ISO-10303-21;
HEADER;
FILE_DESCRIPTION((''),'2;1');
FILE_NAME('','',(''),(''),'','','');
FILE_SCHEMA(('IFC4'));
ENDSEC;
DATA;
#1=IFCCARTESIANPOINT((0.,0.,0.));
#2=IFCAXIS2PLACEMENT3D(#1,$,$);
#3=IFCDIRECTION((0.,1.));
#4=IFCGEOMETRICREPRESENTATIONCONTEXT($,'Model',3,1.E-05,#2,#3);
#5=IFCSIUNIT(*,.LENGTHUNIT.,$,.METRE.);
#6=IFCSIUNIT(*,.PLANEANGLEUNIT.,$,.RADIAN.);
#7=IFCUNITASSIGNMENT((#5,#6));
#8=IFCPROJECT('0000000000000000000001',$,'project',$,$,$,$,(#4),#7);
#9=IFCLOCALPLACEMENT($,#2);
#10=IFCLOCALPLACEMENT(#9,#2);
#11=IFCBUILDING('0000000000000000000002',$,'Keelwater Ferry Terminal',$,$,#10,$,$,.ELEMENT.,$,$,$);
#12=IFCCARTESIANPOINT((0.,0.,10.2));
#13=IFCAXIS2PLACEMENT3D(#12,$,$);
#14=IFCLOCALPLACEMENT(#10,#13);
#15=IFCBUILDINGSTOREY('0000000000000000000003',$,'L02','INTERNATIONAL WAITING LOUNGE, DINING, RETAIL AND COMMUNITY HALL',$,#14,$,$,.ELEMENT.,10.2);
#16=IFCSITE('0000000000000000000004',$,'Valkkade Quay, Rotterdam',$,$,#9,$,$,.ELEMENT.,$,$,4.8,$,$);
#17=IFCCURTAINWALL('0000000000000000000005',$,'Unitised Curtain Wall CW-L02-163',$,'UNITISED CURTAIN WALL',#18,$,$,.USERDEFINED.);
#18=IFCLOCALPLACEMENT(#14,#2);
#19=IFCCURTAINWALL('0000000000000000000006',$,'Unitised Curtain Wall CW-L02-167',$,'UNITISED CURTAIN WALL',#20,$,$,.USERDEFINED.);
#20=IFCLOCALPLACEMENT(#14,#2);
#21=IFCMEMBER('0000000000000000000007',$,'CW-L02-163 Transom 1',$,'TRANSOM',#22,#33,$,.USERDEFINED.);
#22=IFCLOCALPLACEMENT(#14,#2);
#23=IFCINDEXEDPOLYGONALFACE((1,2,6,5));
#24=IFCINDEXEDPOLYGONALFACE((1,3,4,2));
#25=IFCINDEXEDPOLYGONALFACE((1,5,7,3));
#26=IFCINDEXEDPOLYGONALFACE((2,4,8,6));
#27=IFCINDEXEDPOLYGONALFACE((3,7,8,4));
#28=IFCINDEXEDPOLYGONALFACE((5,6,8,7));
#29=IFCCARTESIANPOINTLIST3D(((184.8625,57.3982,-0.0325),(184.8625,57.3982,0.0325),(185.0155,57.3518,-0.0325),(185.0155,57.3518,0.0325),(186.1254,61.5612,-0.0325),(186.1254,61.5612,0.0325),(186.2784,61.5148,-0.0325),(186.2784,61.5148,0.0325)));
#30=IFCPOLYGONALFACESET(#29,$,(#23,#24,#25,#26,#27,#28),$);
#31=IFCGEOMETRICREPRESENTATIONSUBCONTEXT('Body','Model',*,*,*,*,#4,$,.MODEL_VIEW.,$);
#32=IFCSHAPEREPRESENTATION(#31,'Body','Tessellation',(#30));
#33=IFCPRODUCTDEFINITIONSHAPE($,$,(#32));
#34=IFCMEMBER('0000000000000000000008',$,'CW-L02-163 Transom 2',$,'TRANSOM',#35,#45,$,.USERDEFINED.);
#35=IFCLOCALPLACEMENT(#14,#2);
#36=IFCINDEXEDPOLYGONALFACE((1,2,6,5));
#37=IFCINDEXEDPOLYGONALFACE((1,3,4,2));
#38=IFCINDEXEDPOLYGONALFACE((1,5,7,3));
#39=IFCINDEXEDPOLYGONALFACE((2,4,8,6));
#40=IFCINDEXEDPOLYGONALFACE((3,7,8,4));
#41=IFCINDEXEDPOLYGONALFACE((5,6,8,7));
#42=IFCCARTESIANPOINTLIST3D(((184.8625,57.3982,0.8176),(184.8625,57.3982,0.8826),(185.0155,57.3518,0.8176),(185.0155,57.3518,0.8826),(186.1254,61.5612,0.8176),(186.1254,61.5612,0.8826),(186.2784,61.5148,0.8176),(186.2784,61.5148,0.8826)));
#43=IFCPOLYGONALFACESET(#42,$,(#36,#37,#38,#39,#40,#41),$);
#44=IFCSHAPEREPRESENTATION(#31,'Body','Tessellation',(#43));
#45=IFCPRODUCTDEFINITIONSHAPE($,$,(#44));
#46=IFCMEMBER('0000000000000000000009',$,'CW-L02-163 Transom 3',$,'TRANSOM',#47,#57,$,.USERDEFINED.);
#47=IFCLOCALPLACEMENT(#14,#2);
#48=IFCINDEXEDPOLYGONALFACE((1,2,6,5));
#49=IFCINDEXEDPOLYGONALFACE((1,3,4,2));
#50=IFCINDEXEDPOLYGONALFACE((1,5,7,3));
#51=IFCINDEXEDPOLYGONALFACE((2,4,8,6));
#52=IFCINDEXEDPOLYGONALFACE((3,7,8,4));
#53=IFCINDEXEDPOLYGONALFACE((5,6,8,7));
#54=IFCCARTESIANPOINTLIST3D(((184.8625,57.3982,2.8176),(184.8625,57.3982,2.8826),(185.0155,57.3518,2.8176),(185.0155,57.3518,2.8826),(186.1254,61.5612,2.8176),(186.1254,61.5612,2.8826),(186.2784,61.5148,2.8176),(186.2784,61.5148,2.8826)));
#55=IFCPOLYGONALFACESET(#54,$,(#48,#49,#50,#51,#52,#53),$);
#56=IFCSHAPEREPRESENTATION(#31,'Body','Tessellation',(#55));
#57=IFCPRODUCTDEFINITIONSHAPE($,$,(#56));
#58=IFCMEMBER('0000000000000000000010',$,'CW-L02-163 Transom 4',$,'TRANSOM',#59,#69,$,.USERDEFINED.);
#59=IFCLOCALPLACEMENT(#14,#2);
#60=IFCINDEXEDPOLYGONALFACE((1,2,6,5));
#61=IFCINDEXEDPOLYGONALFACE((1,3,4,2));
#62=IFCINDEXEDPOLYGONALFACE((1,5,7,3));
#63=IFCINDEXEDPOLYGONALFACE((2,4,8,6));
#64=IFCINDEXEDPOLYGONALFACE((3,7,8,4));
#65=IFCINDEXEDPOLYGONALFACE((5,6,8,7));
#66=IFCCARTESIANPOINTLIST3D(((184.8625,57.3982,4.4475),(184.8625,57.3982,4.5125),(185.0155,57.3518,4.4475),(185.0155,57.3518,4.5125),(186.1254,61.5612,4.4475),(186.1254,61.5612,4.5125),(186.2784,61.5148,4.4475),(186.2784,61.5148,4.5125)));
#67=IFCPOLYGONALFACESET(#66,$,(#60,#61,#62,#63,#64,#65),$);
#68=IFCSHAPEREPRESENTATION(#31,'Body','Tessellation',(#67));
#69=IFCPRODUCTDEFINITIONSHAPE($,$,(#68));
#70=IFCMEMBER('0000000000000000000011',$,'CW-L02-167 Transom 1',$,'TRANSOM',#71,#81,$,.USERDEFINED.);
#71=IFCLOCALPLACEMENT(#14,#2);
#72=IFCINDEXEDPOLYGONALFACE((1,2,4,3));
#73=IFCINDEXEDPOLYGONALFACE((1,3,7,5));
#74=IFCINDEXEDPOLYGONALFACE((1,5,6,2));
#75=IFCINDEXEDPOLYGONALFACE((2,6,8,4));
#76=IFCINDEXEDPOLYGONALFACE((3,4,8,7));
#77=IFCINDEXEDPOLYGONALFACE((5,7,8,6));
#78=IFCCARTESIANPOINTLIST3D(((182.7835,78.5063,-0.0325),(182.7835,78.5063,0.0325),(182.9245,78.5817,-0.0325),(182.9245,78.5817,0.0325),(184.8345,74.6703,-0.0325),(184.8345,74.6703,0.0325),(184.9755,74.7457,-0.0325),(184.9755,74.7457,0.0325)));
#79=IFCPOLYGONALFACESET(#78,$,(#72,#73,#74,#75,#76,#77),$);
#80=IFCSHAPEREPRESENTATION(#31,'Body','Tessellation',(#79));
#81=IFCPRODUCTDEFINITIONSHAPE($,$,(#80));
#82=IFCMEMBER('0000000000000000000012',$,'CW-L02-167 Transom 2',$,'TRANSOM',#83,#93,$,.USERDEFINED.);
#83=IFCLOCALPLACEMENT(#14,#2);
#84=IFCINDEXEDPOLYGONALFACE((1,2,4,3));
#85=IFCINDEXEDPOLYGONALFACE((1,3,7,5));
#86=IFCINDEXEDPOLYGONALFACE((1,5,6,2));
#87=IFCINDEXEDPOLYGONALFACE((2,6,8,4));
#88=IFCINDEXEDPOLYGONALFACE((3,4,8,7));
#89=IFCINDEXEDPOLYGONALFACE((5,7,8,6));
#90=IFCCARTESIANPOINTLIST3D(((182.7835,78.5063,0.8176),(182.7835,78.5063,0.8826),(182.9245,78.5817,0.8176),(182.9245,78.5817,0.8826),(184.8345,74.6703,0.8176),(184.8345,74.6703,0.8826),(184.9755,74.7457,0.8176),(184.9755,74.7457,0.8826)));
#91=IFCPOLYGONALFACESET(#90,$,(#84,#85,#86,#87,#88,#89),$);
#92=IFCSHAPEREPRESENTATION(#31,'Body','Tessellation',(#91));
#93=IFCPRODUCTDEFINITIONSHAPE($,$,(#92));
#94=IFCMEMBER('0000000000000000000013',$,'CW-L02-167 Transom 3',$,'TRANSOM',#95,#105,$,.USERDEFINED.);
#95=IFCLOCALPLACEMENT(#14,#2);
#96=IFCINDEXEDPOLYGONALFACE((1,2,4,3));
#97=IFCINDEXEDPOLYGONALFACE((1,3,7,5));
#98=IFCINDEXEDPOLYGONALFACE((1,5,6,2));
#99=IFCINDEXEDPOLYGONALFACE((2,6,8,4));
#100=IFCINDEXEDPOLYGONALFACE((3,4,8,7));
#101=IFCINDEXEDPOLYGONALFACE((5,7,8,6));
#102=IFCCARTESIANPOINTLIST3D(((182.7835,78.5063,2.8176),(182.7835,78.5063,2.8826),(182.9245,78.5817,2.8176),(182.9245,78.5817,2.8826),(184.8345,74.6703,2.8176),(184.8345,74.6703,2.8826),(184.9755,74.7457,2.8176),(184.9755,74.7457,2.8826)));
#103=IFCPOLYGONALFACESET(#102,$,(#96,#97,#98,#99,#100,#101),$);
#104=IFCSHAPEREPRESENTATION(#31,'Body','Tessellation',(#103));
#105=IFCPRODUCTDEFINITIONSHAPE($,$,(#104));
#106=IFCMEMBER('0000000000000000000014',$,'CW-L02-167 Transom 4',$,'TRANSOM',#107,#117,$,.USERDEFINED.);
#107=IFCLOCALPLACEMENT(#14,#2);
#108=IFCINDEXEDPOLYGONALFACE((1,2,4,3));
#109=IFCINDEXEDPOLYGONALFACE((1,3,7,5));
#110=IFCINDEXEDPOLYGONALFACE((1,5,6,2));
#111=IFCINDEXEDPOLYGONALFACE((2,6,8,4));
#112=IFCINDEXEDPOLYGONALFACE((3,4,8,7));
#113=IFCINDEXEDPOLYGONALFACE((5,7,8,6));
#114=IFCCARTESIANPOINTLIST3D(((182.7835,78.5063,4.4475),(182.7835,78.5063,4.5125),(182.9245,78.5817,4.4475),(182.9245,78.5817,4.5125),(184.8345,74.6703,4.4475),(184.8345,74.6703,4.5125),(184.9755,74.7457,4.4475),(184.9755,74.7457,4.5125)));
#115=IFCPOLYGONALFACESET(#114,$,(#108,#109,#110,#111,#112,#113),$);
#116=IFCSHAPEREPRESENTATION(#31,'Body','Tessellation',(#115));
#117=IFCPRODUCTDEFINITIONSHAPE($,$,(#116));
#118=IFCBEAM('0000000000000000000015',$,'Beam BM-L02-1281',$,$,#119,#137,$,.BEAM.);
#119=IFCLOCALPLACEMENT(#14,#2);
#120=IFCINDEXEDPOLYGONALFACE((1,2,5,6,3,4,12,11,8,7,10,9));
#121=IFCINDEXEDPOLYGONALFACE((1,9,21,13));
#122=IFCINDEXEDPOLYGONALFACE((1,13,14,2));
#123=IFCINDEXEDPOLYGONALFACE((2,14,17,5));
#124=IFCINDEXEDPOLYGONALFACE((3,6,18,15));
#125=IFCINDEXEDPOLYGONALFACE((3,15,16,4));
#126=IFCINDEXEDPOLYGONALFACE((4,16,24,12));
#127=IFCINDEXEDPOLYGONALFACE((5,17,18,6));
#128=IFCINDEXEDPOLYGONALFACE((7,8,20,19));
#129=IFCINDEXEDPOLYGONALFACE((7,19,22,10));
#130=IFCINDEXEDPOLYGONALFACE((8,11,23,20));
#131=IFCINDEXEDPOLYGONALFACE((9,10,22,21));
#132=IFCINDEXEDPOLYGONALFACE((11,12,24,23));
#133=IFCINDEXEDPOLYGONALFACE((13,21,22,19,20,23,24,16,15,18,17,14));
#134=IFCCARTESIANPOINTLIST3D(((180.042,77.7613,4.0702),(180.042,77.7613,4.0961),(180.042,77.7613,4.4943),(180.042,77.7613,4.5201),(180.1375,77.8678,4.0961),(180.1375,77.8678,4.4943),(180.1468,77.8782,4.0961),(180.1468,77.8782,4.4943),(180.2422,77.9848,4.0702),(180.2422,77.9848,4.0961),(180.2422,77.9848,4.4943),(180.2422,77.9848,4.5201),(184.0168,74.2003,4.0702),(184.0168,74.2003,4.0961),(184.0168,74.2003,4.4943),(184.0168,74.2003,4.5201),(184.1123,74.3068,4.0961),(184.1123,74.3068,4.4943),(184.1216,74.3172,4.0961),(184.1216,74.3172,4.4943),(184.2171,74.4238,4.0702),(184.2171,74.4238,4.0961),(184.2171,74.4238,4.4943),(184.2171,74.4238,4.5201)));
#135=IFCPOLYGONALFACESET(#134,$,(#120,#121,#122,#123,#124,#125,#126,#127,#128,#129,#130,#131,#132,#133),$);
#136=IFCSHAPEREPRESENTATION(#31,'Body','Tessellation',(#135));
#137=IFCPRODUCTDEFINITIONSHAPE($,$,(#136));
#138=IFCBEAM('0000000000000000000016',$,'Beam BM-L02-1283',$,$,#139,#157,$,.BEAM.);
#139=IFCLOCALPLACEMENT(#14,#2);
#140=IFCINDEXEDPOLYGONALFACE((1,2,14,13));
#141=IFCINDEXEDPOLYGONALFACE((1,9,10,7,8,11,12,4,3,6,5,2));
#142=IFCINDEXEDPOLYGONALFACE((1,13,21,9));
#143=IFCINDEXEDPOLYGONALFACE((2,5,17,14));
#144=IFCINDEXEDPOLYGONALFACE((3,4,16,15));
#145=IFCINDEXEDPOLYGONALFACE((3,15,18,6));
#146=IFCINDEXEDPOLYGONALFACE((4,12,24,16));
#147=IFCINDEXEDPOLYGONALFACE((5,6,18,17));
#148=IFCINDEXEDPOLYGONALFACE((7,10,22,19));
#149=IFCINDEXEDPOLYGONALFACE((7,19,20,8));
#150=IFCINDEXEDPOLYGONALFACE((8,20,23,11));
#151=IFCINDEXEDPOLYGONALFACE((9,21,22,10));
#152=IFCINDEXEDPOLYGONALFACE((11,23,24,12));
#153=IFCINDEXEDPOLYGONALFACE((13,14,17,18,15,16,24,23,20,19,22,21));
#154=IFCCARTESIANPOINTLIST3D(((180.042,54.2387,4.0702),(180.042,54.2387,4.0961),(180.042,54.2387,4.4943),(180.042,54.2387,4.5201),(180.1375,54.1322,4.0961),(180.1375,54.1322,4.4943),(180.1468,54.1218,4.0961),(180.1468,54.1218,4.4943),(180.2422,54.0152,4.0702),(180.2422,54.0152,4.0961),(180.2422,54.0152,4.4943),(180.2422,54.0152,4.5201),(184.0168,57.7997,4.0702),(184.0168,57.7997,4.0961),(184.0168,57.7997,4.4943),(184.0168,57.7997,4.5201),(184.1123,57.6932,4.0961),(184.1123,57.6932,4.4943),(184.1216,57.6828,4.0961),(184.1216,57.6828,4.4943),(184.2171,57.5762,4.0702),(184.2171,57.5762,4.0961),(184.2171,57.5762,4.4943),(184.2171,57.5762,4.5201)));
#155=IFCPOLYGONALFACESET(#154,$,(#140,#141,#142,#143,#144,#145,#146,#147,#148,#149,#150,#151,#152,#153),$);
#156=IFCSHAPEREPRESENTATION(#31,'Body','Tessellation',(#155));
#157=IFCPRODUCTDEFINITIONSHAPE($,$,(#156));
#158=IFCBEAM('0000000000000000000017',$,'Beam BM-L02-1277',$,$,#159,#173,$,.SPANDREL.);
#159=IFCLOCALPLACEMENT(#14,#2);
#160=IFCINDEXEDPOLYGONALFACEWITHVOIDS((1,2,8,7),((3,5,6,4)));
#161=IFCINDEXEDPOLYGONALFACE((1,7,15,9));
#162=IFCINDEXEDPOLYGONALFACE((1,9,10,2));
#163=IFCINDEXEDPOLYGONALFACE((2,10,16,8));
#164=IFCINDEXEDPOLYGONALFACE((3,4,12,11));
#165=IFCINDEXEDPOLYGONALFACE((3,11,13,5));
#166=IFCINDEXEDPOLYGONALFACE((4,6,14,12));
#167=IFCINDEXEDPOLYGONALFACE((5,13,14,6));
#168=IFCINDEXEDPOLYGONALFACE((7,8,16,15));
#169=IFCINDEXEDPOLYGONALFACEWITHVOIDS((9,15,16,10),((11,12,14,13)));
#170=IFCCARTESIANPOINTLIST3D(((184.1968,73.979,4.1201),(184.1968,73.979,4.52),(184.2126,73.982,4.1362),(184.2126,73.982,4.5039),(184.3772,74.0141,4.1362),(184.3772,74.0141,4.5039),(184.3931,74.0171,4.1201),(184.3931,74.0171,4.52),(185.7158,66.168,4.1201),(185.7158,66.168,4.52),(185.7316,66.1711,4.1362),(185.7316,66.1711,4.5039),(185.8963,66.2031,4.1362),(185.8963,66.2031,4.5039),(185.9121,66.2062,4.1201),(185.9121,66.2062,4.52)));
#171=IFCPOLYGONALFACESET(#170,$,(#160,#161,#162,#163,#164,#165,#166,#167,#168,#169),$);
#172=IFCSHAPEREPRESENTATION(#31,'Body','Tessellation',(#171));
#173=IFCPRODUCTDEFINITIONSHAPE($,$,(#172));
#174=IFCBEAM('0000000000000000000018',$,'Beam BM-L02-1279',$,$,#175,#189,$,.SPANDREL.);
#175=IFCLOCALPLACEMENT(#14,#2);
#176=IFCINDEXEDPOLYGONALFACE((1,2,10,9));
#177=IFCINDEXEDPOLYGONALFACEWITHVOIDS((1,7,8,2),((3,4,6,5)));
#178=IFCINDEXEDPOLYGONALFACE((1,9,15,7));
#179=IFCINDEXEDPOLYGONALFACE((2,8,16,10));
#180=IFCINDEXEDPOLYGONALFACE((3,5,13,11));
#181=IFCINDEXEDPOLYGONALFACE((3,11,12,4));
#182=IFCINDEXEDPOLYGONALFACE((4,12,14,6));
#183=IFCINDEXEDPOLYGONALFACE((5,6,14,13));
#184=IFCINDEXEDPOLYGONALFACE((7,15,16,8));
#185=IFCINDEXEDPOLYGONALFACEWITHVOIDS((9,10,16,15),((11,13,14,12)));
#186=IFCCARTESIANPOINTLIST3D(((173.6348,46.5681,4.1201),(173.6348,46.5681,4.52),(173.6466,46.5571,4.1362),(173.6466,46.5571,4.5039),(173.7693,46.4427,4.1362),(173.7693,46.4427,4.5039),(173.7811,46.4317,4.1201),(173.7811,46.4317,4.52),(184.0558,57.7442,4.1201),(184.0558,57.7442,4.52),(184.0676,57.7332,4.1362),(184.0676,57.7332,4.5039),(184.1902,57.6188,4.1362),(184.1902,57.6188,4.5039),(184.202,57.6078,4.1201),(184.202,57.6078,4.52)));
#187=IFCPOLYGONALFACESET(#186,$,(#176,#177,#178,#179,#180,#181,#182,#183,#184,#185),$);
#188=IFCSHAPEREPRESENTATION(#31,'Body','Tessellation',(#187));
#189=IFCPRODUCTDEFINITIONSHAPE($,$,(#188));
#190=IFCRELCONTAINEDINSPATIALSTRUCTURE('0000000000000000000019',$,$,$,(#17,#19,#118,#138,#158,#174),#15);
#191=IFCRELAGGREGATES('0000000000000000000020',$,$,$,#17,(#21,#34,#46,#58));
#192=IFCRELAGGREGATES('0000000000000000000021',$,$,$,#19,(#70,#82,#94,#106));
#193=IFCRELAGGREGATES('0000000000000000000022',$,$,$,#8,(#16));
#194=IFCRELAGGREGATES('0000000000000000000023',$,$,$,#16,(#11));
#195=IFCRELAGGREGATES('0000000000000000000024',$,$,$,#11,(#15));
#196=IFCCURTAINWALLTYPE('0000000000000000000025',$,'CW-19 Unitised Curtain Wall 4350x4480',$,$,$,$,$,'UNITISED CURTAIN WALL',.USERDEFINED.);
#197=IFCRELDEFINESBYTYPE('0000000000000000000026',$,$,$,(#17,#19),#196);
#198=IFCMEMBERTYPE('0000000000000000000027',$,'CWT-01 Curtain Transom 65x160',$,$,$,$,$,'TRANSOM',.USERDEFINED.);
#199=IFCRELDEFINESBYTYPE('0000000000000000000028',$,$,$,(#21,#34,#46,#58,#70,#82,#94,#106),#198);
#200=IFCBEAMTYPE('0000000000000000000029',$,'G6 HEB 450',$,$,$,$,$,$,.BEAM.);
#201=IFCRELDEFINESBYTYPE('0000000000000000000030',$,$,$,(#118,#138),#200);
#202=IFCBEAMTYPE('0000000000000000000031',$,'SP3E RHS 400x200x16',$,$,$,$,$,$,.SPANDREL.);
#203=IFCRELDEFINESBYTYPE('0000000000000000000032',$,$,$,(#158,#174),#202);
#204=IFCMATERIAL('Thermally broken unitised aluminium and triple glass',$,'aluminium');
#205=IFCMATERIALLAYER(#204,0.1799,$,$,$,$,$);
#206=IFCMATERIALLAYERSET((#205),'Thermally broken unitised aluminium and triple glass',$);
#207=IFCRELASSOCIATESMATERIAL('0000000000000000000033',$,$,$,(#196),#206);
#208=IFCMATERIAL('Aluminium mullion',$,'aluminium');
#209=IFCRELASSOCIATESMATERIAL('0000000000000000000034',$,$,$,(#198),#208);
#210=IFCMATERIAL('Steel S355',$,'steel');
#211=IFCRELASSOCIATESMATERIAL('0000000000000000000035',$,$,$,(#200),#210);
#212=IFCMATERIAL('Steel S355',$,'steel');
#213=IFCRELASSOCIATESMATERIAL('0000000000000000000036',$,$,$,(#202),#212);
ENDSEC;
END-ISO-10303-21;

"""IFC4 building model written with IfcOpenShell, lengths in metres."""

from ifc_helpers import new_model, si_unit, direction, frame, origin, origin_2d, place, context, subcontext, project, spatial, rectangle, hollow_rectangle, i_section, extrude, material, layer, layer_set, material_profile, profile_set, type_object, element, aggregate, save


model = new_model("IFC4")

# Units and contexts
model_context = context("Model", 3, precision=1e-05, world=origin(), true_north=direction((0.0, 1.0)))
body_context = subcontext(model_context, "Body", "Model", "MODEL_VIEW")
ifc_project = project(units=[si_unit("LENGTHUNIT", "METRE"), si_unit("PLANEANGLEUNIT", "RADIAN")], contexts=[model_context])

# Site, building, storey
site_placement = place(None, origin())
site = spatial("IfcSite", under=ifc_project, at=site_placement, Name="Valkkade Quay, Rotterdam", CompositionType="ELEMENT", RefElevation=4.8)
building_placement = place(site_placement, origin())
building = spatial("IfcBuilding", under=site, at=building_placement, Name="Keelwater Ferry Terminal", CompositionType="ELEMENT")
storey_placement = place(building_placement, frame((0.0, 0.0, 10.2)))
storey = spatial("IfcBuildingStorey", under=building, at=storey_placement, Name="L02", Description="INTERNATIONAL WAITING LOUNGE, DINING, RETAIL AND COMMUNITY HALL", CompositionType="ELEMENT", Elevation=10.2)

# Curtain wall
ifc_material_1 = material(Name="Thermally broken unitised aluminium and triple glass", Category="aluminium")
ifc_layer_1 = layer(ifc_material_1, 0.1799)
ifc_layer_set_1 = layer_set([ifc_layer_1], Name="Thermally broken unitised aluminium and triple glass")
curtain_wall_type = type_object("IfcCurtainWallType", Name="CW-19 Unitised Curtain Wall 4350x4480", ElementType="UNITISED CURTAIN WALL", PredefinedType="USERDEFINED", material=ifc_layer_set_1)
curtain_wall_1_placement = place(storey_placement, origin())
curtain_wall_1 = element("IfcCurtainWall", 1, at=curtain_wall_1_placement, inside=storey, type_object=curtain_wall_type, Name="Unitised Curtain Wall CW-L02-163", ObjectType="UNITISED CURTAIN WALL", PredefinedType="USERDEFINED")

# Curtain wall
curtain_wall_2_placement = place(storey_placement, origin())
curtain_wall_2 = element("IfcCurtainWall", 2, at=curtain_wall_2_placement, inside=storey, type_object=curtain_wall_type, Name="Unitised Curtain Wall CW-L02-167", ObjectType="UNITISED CURTAIN WALL", PredefinedType="USERDEFINED")

# Members
ifc_material_2 = material(Name="Aluminium mullion", Category="aluminium")
ifc_material_profile_1 = material_profile(ifc_material_2, rectangle(XDim=0.1599, YDim=0.0649, at=origin_2d()), Name="CWT-01")
ifc_profile_set_1 = profile_set([ifc_material_profile_1], Name="Aluminium mullion")
member_type_1 = type_object("IfcMemberType", Name="CWT-01 Curtain Transom 65x160", ElementType="TRANSOM", PredefinedType="USERDEFINED", material=ifc_profile_set_1)
member_1_placement = place(storey_placement, frame((184.939, 57.375, 0.0), z_axis=(0.290302, 0.956935, 0.0), x_axis=(-0.956935, 0.290302, 0.0)))
member_1 = element("IfcMember", 3, at=member_1_placement, type_object=member_type_1, Name="CW-L02-163 Transom 1", ObjectType="TRANSOM", PredefinedType="USERDEFINED", context=body_context, shape_type="SweptSolid", body=[
    extrude(rectangle(XDim=0.1599, YDim=0.0649, at=origin_2d()), origin(), (0.0, 0.0, 1.0), 4.3503),
])
member_2_placement = place(storey_placement, frame((184.939, 57.375, 0.8501), z_axis=(0.290302, 0.956935, 0.0), x_axis=(-0.956935, 0.290302, 0.0)))
member_2 = element("IfcMember", 4, at=member_2_placement, type_object=member_type_1, Name="CW-L02-163 Transom 2", ObjectType="TRANSOM", PredefinedType="USERDEFINED", context=body_context, shape_type="SweptSolid", body=[
    extrude(rectangle(XDim=0.1599, YDim=0.0649, at=origin_2d()), origin(), (0.0, 0.0, 1.0), 4.3503),
])
member_3_placement = place(storey_placement, frame((184.939, 57.375, 2.8501), z_axis=(0.290302, 0.956935, 0.0), x_axis=(-0.956935, 0.290302, 0.0)))
member_3 = element("IfcMember", 5, at=member_3_placement, type_object=member_type_1, Name="CW-L02-163 Transom 3", ObjectType="TRANSOM", PredefinedType="USERDEFINED", context=body_context, shape_type="SweptSolid", body=[
    extrude(rectangle(XDim=0.1599, YDim=0.0649, at=origin_2d()), origin(), (0.0, 0.0, 1.0), 4.3503),
])
member_4_placement = place(storey_placement, frame((184.939, 57.375, 4.48), z_axis=(0.290302, 0.956935, 0.0), x_axis=(-0.956935, 0.290302, 0.0)))
member_4 = element("IfcMember", 6, at=member_4_placement, type_object=member_type_1, Name="CW-L02-163 Transom 4", ObjectType="TRANSOM", PredefinedType="USERDEFINED", context=body_context, shape_type="SweptSolid", body=[
    extrude(rectangle(XDim=0.1599, YDim=0.0649, at=origin_2d()), origin(), (0.0, 0.0, 1.0), 4.3503),
])
member_5_placement = place(storey_placement, frame((184.905, 74.708, 0.0), z_axis=(-0.471517, 0.881857, 0.0), x_axis=(-0.881857, -0.471517, 0.0)))
member_5 = element("IfcMember", 7, at=member_5_placement, type_object=member_type_1, Name="CW-L02-167 Transom 1", ObjectType="TRANSOM", PredefinedType="USERDEFINED", context=body_context, shape_type="SweptSolid", body=[
    extrude(rectangle(XDim=0.1599, YDim=0.0649, at=origin_2d()), origin(), (0.0, 0.0, 1.0), 4.3499),
])
member_6_placement = place(storey_placement, frame((184.905, 74.708, 0.8501), z_axis=(-0.471517, 0.881857, 0.0), x_axis=(-0.881857, -0.471517, 0.0)))
member_6 = element("IfcMember", 8, at=member_6_placement, type_object=member_type_1, Name="CW-L02-167 Transom 2", ObjectType="TRANSOM", PredefinedType="USERDEFINED", context=body_context, shape_type="SweptSolid", body=[
    extrude(rectangle(XDim=0.1599, YDim=0.0649, at=origin_2d()), origin(), (0.0, 0.0, 1.0), 4.3499),
])
member_7_placement = place(storey_placement, frame((184.905, 74.708, 2.8501), z_axis=(-0.471517, 0.881857, 0.0), x_axis=(-0.881857, -0.471517, 0.0)))
member_7 = element("IfcMember", 9, at=member_7_placement, type_object=member_type_1, Name="CW-L02-167 Transom 3", ObjectType="TRANSOM", PredefinedType="USERDEFINED", context=body_context, shape_type="SweptSolid", body=[
    extrude(rectangle(XDim=0.1599, YDim=0.0649, at=origin_2d()), origin(), (0.0, 0.0, 1.0), 4.3499),
])
member_8_placement = place(storey_placement, frame((184.905, 74.708, 4.48), z_axis=(-0.471517, 0.881857, 0.0), x_axis=(-0.881857, -0.471517, 0.0)))
member_8 = element("IfcMember", 10, at=member_8_placement, type_object=member_type_1, Name="CW-L02-167 Transom 4", ObjectType="TRANSOM", PredefinedType="USERDEFINED", context=body_context, shape_type="SweptSolid", body=[
    extrude(rectangle(XDim=0.1599, YDim=0.0649, at=origin_2d()), origin(), (0.0, 0.0, 1.0), 4.3499),
])

# Beams
ifc_material_3 = material(Name="Steel S355", Category="steel")
ifc_material_profile_2 = material_profile(ifc_material_3, i_section(OverallWidth=0.3, OverallDepth=0.45, WebThickness=0.0139, FlangeThickness=0.0259, at=origin_2d()), Name="HEB 450")
ifc_profile_set_2 = profile_set([ifc_material_profile_2], Name="Steel S355")
beam_type_1 = type_object("IfcBeamType", Name="G6 HEB 450", PredefinedType="BEAM", material=ifc_profile_set_2)
for number, where, z_axis, x_axis, name in (
    (11, (184.1169, 74.312, 4.2952), (-0.744814, 0.667272, 0.0), (-0.667272, -0.744814, 0.0), "Beam BM-L02-1281"),
    (12, (184.1169, 57.688, 4.2952), (-0.744814, -0.667272, 0.0), (0.667272, -0.744814, 0.0), "Beam BM-L02-1283"),
):
    element("IfcBeam", number, at=place(storey_placement, frame(where, z_axis=z_axis, x_axis=x_axis)), inside=storey, type_object=beam_type_1, Name=name, PredefinedType="BEAM", context=body_context, shape_type="SweptSolid", body=[
        extrude(i_section(OverallWidth=0.3, OverallDepth=0.45, WebThickness=0.0139, FlangeThickness=0.0259, at=origin_2d()), origin(), (0.0, 0.0, 1.0), 5.3367),
    ])
ifc_material_4 = material(Name="Steel S355", Category="steel")
ifc_material_profile_3 = material_profile(ifc_material_4, hollow_rectangle(XDim=0.2, YDim=0.3999, WallThickness=0.0161, at=origin_2d()), Name="RHS 400x200x16")
ifc_profile_set_3 = profile_set([ifc_material_profile_3], Name="Steel S355")
beam_type_2 = type_object("IfcBeamType", Name="SP3E RHS 400x200x16", PredefinedType="SPANDREL", material=ifc_profile_set_3)
beam_1_placement = place(storey_placement, frame((184.2949, 73.998, 4.3201), z_axis=(0.190898, -0.98161, 0.0), x_axis=(0.98161, 0.190898, 0.0)))
element("IfcBeam", 13, at=beam_1_placement, inside=storey, type_object=beam_type_2, Name="Beam BM-L02-1277", PredefinedType="SPANDREL", context=body_context, shape_type="SweptSolid", body=[
    extrude(hollow_rectangle(XDim=0.2, YDim=0.3999, WallThickness=0.0161, at=origin_2d()), origin(), (0.0, 0.0, 1.0), 7.9573),
])
beam_2_placement = place(storey_placement, frame((184.1289, 57.676, 4.3201), z_axis=(-0.681966, -0.731384, 0.0), x_axis=(0.731384, -0.681966, 0.0)))
element("IfcBeam", 14, at=beam_2_placement, inside=storey, type_object=beam_type_2, Name="Beam BM-L02-1279", PredefinedType="SPANDREL", context=body_context, shape_type="SweptSolid", body=[
    extrude(hollow_rectangle(XDim=0.2, YDim=0.3999, WallThickness=0.0161, at=origin_2d()), origin(), (0.0, 0.0, 1.0), 15.2808),
])

aggregate(curtain_wall_1, [member_1, member_2, member_3, member_4])
aggregate(curtain_wall_2, [member_5, member_6, member_7, member_8])

save(model, "model.ifc")
